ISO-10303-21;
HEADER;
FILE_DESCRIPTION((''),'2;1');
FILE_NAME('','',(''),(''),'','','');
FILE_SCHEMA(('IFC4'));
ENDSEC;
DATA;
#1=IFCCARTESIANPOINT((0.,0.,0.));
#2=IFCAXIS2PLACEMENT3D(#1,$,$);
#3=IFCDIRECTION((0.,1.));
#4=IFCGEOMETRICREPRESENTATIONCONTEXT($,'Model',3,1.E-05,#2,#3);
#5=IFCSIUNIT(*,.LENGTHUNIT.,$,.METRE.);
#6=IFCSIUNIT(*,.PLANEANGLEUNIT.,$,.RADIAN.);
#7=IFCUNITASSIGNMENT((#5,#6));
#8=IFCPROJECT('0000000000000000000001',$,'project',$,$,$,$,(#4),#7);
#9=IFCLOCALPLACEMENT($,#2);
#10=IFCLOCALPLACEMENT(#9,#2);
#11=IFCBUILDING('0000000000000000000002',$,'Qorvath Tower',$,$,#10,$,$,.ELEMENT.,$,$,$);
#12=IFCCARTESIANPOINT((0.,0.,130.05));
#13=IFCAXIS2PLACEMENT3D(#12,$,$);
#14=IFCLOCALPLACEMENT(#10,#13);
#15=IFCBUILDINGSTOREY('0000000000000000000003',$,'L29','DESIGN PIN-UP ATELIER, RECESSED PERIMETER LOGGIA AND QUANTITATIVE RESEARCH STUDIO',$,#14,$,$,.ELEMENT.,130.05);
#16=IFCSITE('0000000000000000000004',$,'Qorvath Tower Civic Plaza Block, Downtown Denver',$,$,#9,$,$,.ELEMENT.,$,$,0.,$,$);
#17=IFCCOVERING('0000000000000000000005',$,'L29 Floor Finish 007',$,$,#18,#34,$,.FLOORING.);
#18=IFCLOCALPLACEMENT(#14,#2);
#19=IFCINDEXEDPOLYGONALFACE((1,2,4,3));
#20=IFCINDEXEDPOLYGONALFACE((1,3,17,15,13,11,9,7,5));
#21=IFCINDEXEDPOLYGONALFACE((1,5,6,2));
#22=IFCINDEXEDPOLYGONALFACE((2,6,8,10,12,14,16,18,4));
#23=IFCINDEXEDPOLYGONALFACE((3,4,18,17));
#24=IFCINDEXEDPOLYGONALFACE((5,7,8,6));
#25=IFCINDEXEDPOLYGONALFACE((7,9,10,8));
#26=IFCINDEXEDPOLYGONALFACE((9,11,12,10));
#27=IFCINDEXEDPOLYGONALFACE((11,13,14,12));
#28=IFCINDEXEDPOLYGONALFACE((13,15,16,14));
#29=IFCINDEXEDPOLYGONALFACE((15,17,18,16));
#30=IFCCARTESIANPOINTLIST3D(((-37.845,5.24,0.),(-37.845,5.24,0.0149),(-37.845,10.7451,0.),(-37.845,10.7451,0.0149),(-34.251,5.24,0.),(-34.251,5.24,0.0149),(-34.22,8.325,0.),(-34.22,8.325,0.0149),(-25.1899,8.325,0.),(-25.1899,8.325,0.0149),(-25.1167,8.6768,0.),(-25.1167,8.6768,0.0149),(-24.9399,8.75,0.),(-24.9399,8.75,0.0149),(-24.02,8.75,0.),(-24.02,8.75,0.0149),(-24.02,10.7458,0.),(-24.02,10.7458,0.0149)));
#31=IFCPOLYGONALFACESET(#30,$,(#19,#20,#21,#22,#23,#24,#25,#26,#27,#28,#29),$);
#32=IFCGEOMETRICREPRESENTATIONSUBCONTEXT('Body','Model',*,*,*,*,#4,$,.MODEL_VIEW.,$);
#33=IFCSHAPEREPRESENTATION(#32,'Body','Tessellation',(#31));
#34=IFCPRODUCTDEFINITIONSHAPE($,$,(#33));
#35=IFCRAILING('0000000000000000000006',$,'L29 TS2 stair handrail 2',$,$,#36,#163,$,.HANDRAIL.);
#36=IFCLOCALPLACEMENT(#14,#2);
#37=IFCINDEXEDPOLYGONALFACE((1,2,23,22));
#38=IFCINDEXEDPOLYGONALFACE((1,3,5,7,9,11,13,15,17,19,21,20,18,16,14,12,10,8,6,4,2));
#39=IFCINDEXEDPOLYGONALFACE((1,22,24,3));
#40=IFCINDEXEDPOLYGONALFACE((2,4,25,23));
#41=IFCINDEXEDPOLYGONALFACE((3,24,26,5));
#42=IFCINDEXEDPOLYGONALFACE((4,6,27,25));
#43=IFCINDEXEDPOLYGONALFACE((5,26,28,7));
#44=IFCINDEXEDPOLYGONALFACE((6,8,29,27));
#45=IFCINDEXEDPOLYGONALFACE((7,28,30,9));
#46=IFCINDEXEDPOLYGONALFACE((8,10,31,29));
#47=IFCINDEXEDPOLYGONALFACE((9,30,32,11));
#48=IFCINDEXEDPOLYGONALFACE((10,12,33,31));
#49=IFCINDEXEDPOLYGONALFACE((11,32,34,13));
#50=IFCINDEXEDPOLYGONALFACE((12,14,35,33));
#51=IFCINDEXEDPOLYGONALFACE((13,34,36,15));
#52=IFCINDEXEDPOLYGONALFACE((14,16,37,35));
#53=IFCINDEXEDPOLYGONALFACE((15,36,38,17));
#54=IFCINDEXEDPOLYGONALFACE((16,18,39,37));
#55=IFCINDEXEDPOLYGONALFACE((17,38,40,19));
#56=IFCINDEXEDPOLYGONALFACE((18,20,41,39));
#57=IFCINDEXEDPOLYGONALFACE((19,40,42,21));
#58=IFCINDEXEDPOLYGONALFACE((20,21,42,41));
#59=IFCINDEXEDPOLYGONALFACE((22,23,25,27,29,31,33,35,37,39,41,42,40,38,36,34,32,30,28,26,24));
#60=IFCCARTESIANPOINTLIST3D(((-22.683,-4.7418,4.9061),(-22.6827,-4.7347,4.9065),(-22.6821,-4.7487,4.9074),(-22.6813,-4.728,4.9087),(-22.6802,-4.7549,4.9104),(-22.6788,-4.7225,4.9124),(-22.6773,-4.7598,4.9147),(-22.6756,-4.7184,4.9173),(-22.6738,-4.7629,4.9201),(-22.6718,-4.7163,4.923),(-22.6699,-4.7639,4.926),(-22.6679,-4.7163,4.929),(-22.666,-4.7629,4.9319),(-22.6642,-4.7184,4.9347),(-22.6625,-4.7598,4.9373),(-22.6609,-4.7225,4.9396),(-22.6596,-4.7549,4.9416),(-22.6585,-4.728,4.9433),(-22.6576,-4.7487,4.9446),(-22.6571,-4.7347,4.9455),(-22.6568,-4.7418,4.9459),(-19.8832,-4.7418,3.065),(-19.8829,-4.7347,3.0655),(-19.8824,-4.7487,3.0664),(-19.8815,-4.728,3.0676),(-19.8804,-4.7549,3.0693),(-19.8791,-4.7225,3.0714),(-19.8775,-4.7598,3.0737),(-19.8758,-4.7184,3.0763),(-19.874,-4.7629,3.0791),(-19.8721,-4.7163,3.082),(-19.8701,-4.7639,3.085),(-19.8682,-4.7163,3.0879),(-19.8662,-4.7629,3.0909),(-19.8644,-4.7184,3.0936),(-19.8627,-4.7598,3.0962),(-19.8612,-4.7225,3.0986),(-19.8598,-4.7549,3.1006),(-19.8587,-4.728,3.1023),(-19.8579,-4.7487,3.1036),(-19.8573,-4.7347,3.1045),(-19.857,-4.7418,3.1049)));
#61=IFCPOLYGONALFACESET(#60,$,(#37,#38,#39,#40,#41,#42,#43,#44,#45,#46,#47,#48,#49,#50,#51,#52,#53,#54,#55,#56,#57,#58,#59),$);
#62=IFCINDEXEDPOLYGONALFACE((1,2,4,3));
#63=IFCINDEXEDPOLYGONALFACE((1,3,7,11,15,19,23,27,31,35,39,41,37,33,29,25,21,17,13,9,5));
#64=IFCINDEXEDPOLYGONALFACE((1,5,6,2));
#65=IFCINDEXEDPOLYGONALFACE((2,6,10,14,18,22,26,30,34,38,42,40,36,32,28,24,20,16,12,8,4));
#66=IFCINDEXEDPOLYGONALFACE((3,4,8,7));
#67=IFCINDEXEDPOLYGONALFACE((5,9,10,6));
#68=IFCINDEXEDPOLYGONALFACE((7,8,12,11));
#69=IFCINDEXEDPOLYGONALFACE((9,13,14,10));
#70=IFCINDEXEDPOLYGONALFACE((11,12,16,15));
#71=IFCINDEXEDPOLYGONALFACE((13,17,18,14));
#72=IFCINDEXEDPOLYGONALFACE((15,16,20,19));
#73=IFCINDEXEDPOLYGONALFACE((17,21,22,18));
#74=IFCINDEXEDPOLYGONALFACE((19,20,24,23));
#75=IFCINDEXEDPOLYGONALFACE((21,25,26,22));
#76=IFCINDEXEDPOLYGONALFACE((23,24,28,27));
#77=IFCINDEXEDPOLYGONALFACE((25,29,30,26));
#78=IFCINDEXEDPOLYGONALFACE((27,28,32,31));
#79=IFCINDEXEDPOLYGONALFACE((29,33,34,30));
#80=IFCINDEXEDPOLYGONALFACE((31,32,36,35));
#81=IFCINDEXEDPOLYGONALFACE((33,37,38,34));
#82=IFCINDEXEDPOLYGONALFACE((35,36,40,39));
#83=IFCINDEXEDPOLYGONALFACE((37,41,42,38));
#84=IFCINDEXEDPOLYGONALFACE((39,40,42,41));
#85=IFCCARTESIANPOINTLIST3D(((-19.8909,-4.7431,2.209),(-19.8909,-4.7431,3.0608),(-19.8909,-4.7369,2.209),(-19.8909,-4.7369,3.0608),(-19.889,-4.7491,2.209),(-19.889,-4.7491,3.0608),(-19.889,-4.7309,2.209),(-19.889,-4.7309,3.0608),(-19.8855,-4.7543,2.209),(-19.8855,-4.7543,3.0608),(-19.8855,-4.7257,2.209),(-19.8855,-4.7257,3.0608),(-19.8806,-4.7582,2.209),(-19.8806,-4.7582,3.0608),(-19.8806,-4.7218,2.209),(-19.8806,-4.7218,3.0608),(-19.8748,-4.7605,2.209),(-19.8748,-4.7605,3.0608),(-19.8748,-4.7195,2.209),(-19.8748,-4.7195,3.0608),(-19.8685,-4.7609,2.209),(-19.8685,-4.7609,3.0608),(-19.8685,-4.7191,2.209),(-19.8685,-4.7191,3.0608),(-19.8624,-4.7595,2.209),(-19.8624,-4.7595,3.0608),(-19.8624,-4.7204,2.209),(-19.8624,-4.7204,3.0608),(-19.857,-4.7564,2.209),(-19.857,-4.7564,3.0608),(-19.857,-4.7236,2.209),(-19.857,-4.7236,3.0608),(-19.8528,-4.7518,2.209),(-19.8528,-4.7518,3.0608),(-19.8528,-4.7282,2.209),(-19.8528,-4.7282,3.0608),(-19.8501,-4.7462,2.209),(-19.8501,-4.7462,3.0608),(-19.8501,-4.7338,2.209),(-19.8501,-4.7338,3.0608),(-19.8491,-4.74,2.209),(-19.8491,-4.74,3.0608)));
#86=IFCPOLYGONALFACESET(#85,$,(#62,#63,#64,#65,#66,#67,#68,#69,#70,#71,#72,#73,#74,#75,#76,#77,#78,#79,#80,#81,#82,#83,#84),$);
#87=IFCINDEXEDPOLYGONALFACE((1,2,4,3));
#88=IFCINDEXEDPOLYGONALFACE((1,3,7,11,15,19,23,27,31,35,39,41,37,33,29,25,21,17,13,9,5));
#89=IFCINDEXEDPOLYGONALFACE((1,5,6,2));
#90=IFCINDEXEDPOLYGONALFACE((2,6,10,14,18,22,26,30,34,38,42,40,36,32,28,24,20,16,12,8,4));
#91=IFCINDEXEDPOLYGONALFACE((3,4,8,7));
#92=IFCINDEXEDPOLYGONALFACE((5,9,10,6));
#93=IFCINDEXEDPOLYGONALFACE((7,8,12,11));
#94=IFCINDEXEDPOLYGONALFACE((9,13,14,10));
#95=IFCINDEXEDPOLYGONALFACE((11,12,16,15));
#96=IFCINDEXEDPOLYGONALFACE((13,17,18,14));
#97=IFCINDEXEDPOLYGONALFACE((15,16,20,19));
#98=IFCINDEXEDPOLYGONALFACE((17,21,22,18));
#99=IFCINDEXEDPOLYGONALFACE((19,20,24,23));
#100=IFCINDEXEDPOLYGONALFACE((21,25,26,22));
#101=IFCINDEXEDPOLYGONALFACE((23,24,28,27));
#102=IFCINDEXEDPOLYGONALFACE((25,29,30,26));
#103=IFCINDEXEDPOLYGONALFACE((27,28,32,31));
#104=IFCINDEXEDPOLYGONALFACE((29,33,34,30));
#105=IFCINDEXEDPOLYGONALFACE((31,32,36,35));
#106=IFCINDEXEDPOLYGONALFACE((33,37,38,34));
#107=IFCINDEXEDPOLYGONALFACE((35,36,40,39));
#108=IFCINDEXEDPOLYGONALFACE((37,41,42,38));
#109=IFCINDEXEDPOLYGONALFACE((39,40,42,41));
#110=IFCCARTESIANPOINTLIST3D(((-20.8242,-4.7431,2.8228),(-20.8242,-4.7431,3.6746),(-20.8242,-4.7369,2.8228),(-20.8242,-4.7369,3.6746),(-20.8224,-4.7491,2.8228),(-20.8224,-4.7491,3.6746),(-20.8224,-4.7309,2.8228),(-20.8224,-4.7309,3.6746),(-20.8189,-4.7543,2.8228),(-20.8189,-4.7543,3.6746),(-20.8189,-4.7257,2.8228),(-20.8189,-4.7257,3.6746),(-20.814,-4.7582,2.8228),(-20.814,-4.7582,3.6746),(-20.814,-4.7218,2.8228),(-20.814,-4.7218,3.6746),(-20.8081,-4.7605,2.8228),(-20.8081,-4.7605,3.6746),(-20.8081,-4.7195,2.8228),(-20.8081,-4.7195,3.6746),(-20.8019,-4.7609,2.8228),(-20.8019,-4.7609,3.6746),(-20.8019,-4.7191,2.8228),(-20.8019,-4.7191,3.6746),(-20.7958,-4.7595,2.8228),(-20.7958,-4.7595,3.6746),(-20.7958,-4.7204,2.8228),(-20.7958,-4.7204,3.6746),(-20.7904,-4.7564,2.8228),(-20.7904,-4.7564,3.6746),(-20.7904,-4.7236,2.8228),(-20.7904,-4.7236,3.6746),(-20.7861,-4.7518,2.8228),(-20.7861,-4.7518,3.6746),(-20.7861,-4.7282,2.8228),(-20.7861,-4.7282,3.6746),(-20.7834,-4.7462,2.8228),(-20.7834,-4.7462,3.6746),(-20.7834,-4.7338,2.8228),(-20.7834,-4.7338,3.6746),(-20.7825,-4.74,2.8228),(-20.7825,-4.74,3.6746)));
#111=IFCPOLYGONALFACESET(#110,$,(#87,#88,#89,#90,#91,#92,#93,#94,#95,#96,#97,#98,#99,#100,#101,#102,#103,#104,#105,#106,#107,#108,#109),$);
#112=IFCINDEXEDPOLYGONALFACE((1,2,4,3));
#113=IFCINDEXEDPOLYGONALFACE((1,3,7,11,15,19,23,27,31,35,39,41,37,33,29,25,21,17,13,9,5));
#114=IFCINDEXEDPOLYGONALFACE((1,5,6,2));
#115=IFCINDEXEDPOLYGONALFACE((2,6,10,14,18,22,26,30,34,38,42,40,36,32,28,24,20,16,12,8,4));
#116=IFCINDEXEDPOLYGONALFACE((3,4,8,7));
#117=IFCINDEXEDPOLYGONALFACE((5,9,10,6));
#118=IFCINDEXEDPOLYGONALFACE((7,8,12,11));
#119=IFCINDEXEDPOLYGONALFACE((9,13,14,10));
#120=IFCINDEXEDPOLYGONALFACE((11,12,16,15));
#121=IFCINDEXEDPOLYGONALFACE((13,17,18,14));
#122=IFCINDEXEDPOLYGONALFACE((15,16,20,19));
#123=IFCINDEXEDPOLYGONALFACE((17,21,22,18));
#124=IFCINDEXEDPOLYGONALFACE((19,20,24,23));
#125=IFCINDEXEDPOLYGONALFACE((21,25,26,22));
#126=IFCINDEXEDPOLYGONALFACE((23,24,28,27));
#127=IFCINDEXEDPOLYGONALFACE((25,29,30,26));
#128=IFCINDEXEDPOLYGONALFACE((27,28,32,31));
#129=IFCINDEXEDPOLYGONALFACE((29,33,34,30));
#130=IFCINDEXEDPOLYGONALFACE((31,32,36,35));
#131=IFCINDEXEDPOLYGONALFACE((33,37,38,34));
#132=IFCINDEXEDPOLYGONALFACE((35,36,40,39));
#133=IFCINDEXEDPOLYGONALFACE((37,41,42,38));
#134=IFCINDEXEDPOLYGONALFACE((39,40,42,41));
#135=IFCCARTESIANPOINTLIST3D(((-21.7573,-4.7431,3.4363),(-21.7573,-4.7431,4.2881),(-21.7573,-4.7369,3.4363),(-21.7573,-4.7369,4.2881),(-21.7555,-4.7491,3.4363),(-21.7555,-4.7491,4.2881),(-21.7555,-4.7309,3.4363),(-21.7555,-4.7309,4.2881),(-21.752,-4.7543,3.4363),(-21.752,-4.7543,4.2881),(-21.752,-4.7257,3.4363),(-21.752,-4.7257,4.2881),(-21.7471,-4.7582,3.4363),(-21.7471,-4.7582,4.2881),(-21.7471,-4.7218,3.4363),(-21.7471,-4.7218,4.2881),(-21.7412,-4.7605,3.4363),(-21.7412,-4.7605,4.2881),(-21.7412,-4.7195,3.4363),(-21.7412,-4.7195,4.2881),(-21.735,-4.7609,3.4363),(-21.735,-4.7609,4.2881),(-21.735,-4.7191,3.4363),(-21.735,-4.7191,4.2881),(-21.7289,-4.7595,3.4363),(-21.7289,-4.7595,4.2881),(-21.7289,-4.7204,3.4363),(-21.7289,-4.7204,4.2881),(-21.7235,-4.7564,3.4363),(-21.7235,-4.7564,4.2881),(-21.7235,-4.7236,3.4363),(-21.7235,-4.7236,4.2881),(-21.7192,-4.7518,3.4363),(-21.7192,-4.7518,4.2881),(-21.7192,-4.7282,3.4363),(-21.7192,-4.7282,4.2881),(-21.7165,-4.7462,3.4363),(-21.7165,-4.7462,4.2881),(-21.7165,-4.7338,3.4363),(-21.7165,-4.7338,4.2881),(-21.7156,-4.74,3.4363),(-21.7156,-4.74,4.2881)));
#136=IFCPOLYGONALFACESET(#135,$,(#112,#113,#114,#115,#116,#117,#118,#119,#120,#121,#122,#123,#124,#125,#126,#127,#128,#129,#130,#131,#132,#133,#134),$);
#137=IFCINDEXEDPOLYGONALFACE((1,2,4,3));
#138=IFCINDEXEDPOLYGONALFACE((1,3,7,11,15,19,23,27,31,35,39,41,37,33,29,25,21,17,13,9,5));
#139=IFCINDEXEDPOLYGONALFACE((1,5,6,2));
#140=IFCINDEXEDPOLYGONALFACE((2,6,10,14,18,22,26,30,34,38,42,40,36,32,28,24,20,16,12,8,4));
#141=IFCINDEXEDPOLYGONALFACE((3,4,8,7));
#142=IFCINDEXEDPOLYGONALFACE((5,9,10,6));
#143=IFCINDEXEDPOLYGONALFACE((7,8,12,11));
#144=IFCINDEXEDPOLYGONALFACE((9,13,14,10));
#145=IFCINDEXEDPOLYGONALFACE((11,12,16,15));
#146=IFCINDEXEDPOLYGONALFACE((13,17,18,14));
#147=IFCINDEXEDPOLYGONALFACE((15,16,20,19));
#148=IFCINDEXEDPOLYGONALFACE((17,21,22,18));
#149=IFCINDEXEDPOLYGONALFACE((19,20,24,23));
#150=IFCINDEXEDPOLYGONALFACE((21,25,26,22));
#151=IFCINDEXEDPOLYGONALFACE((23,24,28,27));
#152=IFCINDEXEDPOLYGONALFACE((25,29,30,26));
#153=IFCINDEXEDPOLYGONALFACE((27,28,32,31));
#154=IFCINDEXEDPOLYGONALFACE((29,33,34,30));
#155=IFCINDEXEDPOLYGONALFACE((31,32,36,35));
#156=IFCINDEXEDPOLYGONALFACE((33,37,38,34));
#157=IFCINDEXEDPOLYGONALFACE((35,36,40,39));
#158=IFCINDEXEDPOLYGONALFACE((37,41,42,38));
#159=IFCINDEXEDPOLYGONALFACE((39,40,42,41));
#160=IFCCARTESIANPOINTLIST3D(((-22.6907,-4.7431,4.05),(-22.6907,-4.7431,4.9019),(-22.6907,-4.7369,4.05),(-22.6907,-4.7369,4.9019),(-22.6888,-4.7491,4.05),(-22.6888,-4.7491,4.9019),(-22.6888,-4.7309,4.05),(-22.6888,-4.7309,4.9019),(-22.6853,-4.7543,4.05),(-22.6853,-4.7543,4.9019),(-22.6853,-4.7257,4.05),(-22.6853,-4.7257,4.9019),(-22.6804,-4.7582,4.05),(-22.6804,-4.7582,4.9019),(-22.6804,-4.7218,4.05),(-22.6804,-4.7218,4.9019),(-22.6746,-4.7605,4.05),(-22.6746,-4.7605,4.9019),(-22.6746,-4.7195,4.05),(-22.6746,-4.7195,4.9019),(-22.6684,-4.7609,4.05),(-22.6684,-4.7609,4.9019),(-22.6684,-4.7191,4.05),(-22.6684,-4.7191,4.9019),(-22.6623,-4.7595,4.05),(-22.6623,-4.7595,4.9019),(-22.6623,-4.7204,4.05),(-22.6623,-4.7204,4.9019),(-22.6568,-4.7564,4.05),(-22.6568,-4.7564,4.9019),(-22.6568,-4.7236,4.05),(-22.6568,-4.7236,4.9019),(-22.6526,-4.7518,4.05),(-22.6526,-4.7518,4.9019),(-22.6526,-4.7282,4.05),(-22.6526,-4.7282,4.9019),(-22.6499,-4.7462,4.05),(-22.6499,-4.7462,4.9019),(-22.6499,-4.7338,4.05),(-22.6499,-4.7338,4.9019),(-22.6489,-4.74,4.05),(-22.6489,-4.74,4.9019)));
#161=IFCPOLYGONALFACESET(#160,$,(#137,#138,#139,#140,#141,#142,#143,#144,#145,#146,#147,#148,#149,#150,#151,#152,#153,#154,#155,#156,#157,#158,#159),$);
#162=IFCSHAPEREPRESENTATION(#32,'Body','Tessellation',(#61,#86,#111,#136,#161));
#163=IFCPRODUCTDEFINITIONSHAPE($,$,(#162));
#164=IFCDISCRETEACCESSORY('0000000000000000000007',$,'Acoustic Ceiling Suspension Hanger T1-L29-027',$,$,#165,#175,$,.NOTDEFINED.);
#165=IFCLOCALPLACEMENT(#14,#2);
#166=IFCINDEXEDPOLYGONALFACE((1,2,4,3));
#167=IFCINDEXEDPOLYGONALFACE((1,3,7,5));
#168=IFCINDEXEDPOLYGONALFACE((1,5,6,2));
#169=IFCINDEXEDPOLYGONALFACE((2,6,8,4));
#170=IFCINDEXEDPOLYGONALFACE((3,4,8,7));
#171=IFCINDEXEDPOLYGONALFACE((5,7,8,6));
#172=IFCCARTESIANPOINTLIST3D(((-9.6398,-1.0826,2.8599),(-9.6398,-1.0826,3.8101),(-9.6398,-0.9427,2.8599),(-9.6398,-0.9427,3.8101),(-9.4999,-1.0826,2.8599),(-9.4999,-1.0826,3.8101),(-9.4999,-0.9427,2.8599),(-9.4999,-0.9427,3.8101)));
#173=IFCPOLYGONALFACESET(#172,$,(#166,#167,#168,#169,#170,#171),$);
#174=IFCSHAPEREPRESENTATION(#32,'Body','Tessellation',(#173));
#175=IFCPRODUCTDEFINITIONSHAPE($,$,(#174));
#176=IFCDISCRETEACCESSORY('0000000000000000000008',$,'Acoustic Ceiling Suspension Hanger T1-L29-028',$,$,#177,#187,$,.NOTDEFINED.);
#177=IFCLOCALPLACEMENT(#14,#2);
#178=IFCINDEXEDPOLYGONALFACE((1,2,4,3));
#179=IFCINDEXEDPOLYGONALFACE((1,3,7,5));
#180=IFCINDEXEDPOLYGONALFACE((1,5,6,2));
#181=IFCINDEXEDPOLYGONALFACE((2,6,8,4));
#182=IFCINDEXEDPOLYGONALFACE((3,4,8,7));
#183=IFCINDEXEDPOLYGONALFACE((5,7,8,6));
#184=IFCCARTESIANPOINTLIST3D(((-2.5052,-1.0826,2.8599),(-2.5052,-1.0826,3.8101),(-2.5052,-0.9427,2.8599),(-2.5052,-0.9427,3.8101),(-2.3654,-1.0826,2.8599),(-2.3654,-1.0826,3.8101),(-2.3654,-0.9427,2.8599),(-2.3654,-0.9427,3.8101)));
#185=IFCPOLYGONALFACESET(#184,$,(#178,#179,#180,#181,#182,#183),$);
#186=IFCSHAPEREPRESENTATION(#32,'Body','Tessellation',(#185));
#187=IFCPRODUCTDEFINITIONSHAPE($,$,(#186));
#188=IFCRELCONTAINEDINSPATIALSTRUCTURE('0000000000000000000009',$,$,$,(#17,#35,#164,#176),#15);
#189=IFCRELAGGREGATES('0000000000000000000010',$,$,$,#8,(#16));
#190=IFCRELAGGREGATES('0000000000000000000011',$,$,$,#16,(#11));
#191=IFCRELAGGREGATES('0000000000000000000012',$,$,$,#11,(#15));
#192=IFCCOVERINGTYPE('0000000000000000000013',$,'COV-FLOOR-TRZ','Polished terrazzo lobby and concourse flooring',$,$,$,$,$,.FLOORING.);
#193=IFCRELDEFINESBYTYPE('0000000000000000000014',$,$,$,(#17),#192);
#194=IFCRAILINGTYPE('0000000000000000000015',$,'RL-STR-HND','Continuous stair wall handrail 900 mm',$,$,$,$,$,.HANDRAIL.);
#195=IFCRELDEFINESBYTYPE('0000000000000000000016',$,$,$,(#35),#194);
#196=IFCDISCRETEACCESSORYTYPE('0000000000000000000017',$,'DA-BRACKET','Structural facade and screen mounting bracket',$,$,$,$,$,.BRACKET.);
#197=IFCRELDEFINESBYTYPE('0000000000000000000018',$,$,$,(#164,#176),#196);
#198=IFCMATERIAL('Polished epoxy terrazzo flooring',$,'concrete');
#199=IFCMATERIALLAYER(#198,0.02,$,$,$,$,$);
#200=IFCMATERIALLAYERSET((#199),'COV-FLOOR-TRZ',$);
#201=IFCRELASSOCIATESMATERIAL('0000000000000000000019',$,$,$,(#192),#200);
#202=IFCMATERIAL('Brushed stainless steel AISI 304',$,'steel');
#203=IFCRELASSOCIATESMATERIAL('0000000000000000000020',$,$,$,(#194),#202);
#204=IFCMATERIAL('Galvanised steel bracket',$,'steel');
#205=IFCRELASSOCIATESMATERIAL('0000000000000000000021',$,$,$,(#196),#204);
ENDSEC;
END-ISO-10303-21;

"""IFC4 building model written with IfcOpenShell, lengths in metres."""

from ifc_helpers import new_model, si_unit, direction, frame, origin, origin_2d, place, context, subcontext, project, spatial, polyline, rectangle, circle, outline, extrude, material, layer, layer_set, type_object, element, save


model = new_model("IFC4")

# Units and contexts
model_context = context("Model", 3, precision=1e-05, world=origin(), true_north=direction((0.0, 1.0)))
body_context = subcontext(model_context, "Body", "Model", "MODEL_VIEW")
ifc_project = project(units=[si_unit("LENGTHUNIT", "METRE"), si_unit("PLANEANGLEUNIT", "RADIAN")], contexts=[model_context])

# Site, building, storey
site_placement = place(None, origin())
site = spatial("IfcSite", under=ifc_project, at=site_placement, Name="Qorvath Tower Civic Plaza Block, Downtown Denver", CompositionType="ELEMENT", RefElevation=0.0)
building_placement = place(site_placement, origin())
building = spatial("IfcBuilding", under=site, at=building_placement, Name="Qorvath Tower", CompositionType="ELEMENT")
storey_placement = place(building_placement, frame((0.0, 0.0, 130.05)))
storey = spatial("IfcBuildingStorey", under=building, at=storey_placement, Name="L29", Description="DESIGN PIN-UP ATELIER, RECESSED PERIMETER LOGGIA AND QUANTITATIVE RESEARCH STUDIO", CompositionType="ELEMENT", Elevation=130.05)

# Covering
ifc_material_1 = material(Name="Polished epoxy terrazzo flooring", Category="concrete")
ifc_layer_1 = layer(ifc_material_1, 0.02)
ifc_layer_set_1 = layer_set([ifc_layer_1], Name="COV-FLOOR-TRZ")
covering_type_1 = type_object("IfcCoveringType", Name="COV-FLOOR-TRZ", Description="Polished terrazzo lobby and concourse flooring", PredefinedType="FLOORING", material=ifc_layer_set_1)
covering_1_placement = place(storey_placement, origin())
element("IfcCovering", 1, at=covering_1_placement, inside=storey, type_object=covering_type_1, Name="L29 Floor Finish 007", PredefinedType="FLOORING", context=body_context, shape_type="SweptSolid", body=[
    extrude(outline(polyline([(-24.02, 8.75), (-24.02, 10.7458), (-37.845, 10.7451), (-37.845, 5.24), (-34.251, 5.24), (-34.22, 8.325), (-25.1899, 8.325), (-25.1167, 8.6768), (-24.9399, 8.75), (-24.02, 8.75)])), origin(), (0.0, 0.0, 1.0), 0.0149),
])

# Railing
ifc_material_2 = material(Name="Brushed stainless steel AISI 304", Category="steel")
railing_type = type_object("IfcRailingType", Name="RL-STR-HND", Description="Continuous stair wall handrail 900 mm", PredefinedType="HANDRAIL", material=ifc_material_2)
railing_placement = place(storey_placement, frame((-19.8701, -4.74, 2.209)))
element("IfcRailing", 2, at=railing_placement, inside=storey, type_object=railing_type, Name="L29 TS2 stair handrail 2", PredefinedType="HANDRAIL", context=body_context, shape_type="SweptSolid", body=[
    extrude(circle(Radius=0.0239, at=origin_2d()), frame((0.0, 0.0, 0.876), z_axis=(-0.835542, 0.0, 0.549426), x_axis=(0.0, -1.0, 0.0)), (0.0, 0.0, 1.0), 3.3508),
    extrude(circle(Radius=0.021, at=origin_2d()), origin(), (0.0, 0.0, 1.0), 0.8518),
    extrude(circle(Radius=0.021, at=origin_2d()), frame((-0.9333, 0.0, 0.6138)), (0.0, 0.0, 1.0), 0.8518),
    extrude(circle(Radius=0.021, at=origin_2d()), frame((-1.8665, 0.0, 1.2273)), (0.0, 0.0, 1.0), 0.8518),
    extrude(circle(Radius=0.021, at=origin_2d()), frame((-2.7998, 0.0, 1.8411)), (0.0, 0.0, 1.0), 0.8518),
])

# Discrete accessories
ifc_material_3 = material(Name="Galvanised steel bracket", Category="steel")
discrete_accessory_type = type_object("IfcDiscreteAccessoryType", Name="DA-BRACKET", Description="Structural facade and screen mounting bracket", PredefinedType="BRACKET", material=ifc_material_3)
for number, where, z_axis, x_axis, name in (
    (3, (-9.5698, -1.0127, 2.8599), (0.0, 0.0, 1.0), (1.0, 0.0, 0.0), "Acoustic Ceiling Suspension Hanger T1-L29-027"),
    (4, (-2.4353, -1.0127, 2.8599), (0.0, 0.0, 1.0), (1.0, 0.0, 0.0), "Acoustic Ceiling Suspension Hanger T1-L29-028"),
):
    element("IfcDiscreteAccessory", number, at=place(storey_placement, frame(where, z_axis=z_axis, x_axis=x_axis)), inside=storey, type_object=discrete_accessory_type, Name=name, PredefinedType="NOTDEFINED", context=body_context, shape_type="SweptSolid", body=[
        extrude(rectangle(XDim=0.1399, YDim=0.1399, at=origin_2d()), origin(), (0.0, 0.0, 1.0), 0.9502),
    ])

save(model, "model.ifc")
